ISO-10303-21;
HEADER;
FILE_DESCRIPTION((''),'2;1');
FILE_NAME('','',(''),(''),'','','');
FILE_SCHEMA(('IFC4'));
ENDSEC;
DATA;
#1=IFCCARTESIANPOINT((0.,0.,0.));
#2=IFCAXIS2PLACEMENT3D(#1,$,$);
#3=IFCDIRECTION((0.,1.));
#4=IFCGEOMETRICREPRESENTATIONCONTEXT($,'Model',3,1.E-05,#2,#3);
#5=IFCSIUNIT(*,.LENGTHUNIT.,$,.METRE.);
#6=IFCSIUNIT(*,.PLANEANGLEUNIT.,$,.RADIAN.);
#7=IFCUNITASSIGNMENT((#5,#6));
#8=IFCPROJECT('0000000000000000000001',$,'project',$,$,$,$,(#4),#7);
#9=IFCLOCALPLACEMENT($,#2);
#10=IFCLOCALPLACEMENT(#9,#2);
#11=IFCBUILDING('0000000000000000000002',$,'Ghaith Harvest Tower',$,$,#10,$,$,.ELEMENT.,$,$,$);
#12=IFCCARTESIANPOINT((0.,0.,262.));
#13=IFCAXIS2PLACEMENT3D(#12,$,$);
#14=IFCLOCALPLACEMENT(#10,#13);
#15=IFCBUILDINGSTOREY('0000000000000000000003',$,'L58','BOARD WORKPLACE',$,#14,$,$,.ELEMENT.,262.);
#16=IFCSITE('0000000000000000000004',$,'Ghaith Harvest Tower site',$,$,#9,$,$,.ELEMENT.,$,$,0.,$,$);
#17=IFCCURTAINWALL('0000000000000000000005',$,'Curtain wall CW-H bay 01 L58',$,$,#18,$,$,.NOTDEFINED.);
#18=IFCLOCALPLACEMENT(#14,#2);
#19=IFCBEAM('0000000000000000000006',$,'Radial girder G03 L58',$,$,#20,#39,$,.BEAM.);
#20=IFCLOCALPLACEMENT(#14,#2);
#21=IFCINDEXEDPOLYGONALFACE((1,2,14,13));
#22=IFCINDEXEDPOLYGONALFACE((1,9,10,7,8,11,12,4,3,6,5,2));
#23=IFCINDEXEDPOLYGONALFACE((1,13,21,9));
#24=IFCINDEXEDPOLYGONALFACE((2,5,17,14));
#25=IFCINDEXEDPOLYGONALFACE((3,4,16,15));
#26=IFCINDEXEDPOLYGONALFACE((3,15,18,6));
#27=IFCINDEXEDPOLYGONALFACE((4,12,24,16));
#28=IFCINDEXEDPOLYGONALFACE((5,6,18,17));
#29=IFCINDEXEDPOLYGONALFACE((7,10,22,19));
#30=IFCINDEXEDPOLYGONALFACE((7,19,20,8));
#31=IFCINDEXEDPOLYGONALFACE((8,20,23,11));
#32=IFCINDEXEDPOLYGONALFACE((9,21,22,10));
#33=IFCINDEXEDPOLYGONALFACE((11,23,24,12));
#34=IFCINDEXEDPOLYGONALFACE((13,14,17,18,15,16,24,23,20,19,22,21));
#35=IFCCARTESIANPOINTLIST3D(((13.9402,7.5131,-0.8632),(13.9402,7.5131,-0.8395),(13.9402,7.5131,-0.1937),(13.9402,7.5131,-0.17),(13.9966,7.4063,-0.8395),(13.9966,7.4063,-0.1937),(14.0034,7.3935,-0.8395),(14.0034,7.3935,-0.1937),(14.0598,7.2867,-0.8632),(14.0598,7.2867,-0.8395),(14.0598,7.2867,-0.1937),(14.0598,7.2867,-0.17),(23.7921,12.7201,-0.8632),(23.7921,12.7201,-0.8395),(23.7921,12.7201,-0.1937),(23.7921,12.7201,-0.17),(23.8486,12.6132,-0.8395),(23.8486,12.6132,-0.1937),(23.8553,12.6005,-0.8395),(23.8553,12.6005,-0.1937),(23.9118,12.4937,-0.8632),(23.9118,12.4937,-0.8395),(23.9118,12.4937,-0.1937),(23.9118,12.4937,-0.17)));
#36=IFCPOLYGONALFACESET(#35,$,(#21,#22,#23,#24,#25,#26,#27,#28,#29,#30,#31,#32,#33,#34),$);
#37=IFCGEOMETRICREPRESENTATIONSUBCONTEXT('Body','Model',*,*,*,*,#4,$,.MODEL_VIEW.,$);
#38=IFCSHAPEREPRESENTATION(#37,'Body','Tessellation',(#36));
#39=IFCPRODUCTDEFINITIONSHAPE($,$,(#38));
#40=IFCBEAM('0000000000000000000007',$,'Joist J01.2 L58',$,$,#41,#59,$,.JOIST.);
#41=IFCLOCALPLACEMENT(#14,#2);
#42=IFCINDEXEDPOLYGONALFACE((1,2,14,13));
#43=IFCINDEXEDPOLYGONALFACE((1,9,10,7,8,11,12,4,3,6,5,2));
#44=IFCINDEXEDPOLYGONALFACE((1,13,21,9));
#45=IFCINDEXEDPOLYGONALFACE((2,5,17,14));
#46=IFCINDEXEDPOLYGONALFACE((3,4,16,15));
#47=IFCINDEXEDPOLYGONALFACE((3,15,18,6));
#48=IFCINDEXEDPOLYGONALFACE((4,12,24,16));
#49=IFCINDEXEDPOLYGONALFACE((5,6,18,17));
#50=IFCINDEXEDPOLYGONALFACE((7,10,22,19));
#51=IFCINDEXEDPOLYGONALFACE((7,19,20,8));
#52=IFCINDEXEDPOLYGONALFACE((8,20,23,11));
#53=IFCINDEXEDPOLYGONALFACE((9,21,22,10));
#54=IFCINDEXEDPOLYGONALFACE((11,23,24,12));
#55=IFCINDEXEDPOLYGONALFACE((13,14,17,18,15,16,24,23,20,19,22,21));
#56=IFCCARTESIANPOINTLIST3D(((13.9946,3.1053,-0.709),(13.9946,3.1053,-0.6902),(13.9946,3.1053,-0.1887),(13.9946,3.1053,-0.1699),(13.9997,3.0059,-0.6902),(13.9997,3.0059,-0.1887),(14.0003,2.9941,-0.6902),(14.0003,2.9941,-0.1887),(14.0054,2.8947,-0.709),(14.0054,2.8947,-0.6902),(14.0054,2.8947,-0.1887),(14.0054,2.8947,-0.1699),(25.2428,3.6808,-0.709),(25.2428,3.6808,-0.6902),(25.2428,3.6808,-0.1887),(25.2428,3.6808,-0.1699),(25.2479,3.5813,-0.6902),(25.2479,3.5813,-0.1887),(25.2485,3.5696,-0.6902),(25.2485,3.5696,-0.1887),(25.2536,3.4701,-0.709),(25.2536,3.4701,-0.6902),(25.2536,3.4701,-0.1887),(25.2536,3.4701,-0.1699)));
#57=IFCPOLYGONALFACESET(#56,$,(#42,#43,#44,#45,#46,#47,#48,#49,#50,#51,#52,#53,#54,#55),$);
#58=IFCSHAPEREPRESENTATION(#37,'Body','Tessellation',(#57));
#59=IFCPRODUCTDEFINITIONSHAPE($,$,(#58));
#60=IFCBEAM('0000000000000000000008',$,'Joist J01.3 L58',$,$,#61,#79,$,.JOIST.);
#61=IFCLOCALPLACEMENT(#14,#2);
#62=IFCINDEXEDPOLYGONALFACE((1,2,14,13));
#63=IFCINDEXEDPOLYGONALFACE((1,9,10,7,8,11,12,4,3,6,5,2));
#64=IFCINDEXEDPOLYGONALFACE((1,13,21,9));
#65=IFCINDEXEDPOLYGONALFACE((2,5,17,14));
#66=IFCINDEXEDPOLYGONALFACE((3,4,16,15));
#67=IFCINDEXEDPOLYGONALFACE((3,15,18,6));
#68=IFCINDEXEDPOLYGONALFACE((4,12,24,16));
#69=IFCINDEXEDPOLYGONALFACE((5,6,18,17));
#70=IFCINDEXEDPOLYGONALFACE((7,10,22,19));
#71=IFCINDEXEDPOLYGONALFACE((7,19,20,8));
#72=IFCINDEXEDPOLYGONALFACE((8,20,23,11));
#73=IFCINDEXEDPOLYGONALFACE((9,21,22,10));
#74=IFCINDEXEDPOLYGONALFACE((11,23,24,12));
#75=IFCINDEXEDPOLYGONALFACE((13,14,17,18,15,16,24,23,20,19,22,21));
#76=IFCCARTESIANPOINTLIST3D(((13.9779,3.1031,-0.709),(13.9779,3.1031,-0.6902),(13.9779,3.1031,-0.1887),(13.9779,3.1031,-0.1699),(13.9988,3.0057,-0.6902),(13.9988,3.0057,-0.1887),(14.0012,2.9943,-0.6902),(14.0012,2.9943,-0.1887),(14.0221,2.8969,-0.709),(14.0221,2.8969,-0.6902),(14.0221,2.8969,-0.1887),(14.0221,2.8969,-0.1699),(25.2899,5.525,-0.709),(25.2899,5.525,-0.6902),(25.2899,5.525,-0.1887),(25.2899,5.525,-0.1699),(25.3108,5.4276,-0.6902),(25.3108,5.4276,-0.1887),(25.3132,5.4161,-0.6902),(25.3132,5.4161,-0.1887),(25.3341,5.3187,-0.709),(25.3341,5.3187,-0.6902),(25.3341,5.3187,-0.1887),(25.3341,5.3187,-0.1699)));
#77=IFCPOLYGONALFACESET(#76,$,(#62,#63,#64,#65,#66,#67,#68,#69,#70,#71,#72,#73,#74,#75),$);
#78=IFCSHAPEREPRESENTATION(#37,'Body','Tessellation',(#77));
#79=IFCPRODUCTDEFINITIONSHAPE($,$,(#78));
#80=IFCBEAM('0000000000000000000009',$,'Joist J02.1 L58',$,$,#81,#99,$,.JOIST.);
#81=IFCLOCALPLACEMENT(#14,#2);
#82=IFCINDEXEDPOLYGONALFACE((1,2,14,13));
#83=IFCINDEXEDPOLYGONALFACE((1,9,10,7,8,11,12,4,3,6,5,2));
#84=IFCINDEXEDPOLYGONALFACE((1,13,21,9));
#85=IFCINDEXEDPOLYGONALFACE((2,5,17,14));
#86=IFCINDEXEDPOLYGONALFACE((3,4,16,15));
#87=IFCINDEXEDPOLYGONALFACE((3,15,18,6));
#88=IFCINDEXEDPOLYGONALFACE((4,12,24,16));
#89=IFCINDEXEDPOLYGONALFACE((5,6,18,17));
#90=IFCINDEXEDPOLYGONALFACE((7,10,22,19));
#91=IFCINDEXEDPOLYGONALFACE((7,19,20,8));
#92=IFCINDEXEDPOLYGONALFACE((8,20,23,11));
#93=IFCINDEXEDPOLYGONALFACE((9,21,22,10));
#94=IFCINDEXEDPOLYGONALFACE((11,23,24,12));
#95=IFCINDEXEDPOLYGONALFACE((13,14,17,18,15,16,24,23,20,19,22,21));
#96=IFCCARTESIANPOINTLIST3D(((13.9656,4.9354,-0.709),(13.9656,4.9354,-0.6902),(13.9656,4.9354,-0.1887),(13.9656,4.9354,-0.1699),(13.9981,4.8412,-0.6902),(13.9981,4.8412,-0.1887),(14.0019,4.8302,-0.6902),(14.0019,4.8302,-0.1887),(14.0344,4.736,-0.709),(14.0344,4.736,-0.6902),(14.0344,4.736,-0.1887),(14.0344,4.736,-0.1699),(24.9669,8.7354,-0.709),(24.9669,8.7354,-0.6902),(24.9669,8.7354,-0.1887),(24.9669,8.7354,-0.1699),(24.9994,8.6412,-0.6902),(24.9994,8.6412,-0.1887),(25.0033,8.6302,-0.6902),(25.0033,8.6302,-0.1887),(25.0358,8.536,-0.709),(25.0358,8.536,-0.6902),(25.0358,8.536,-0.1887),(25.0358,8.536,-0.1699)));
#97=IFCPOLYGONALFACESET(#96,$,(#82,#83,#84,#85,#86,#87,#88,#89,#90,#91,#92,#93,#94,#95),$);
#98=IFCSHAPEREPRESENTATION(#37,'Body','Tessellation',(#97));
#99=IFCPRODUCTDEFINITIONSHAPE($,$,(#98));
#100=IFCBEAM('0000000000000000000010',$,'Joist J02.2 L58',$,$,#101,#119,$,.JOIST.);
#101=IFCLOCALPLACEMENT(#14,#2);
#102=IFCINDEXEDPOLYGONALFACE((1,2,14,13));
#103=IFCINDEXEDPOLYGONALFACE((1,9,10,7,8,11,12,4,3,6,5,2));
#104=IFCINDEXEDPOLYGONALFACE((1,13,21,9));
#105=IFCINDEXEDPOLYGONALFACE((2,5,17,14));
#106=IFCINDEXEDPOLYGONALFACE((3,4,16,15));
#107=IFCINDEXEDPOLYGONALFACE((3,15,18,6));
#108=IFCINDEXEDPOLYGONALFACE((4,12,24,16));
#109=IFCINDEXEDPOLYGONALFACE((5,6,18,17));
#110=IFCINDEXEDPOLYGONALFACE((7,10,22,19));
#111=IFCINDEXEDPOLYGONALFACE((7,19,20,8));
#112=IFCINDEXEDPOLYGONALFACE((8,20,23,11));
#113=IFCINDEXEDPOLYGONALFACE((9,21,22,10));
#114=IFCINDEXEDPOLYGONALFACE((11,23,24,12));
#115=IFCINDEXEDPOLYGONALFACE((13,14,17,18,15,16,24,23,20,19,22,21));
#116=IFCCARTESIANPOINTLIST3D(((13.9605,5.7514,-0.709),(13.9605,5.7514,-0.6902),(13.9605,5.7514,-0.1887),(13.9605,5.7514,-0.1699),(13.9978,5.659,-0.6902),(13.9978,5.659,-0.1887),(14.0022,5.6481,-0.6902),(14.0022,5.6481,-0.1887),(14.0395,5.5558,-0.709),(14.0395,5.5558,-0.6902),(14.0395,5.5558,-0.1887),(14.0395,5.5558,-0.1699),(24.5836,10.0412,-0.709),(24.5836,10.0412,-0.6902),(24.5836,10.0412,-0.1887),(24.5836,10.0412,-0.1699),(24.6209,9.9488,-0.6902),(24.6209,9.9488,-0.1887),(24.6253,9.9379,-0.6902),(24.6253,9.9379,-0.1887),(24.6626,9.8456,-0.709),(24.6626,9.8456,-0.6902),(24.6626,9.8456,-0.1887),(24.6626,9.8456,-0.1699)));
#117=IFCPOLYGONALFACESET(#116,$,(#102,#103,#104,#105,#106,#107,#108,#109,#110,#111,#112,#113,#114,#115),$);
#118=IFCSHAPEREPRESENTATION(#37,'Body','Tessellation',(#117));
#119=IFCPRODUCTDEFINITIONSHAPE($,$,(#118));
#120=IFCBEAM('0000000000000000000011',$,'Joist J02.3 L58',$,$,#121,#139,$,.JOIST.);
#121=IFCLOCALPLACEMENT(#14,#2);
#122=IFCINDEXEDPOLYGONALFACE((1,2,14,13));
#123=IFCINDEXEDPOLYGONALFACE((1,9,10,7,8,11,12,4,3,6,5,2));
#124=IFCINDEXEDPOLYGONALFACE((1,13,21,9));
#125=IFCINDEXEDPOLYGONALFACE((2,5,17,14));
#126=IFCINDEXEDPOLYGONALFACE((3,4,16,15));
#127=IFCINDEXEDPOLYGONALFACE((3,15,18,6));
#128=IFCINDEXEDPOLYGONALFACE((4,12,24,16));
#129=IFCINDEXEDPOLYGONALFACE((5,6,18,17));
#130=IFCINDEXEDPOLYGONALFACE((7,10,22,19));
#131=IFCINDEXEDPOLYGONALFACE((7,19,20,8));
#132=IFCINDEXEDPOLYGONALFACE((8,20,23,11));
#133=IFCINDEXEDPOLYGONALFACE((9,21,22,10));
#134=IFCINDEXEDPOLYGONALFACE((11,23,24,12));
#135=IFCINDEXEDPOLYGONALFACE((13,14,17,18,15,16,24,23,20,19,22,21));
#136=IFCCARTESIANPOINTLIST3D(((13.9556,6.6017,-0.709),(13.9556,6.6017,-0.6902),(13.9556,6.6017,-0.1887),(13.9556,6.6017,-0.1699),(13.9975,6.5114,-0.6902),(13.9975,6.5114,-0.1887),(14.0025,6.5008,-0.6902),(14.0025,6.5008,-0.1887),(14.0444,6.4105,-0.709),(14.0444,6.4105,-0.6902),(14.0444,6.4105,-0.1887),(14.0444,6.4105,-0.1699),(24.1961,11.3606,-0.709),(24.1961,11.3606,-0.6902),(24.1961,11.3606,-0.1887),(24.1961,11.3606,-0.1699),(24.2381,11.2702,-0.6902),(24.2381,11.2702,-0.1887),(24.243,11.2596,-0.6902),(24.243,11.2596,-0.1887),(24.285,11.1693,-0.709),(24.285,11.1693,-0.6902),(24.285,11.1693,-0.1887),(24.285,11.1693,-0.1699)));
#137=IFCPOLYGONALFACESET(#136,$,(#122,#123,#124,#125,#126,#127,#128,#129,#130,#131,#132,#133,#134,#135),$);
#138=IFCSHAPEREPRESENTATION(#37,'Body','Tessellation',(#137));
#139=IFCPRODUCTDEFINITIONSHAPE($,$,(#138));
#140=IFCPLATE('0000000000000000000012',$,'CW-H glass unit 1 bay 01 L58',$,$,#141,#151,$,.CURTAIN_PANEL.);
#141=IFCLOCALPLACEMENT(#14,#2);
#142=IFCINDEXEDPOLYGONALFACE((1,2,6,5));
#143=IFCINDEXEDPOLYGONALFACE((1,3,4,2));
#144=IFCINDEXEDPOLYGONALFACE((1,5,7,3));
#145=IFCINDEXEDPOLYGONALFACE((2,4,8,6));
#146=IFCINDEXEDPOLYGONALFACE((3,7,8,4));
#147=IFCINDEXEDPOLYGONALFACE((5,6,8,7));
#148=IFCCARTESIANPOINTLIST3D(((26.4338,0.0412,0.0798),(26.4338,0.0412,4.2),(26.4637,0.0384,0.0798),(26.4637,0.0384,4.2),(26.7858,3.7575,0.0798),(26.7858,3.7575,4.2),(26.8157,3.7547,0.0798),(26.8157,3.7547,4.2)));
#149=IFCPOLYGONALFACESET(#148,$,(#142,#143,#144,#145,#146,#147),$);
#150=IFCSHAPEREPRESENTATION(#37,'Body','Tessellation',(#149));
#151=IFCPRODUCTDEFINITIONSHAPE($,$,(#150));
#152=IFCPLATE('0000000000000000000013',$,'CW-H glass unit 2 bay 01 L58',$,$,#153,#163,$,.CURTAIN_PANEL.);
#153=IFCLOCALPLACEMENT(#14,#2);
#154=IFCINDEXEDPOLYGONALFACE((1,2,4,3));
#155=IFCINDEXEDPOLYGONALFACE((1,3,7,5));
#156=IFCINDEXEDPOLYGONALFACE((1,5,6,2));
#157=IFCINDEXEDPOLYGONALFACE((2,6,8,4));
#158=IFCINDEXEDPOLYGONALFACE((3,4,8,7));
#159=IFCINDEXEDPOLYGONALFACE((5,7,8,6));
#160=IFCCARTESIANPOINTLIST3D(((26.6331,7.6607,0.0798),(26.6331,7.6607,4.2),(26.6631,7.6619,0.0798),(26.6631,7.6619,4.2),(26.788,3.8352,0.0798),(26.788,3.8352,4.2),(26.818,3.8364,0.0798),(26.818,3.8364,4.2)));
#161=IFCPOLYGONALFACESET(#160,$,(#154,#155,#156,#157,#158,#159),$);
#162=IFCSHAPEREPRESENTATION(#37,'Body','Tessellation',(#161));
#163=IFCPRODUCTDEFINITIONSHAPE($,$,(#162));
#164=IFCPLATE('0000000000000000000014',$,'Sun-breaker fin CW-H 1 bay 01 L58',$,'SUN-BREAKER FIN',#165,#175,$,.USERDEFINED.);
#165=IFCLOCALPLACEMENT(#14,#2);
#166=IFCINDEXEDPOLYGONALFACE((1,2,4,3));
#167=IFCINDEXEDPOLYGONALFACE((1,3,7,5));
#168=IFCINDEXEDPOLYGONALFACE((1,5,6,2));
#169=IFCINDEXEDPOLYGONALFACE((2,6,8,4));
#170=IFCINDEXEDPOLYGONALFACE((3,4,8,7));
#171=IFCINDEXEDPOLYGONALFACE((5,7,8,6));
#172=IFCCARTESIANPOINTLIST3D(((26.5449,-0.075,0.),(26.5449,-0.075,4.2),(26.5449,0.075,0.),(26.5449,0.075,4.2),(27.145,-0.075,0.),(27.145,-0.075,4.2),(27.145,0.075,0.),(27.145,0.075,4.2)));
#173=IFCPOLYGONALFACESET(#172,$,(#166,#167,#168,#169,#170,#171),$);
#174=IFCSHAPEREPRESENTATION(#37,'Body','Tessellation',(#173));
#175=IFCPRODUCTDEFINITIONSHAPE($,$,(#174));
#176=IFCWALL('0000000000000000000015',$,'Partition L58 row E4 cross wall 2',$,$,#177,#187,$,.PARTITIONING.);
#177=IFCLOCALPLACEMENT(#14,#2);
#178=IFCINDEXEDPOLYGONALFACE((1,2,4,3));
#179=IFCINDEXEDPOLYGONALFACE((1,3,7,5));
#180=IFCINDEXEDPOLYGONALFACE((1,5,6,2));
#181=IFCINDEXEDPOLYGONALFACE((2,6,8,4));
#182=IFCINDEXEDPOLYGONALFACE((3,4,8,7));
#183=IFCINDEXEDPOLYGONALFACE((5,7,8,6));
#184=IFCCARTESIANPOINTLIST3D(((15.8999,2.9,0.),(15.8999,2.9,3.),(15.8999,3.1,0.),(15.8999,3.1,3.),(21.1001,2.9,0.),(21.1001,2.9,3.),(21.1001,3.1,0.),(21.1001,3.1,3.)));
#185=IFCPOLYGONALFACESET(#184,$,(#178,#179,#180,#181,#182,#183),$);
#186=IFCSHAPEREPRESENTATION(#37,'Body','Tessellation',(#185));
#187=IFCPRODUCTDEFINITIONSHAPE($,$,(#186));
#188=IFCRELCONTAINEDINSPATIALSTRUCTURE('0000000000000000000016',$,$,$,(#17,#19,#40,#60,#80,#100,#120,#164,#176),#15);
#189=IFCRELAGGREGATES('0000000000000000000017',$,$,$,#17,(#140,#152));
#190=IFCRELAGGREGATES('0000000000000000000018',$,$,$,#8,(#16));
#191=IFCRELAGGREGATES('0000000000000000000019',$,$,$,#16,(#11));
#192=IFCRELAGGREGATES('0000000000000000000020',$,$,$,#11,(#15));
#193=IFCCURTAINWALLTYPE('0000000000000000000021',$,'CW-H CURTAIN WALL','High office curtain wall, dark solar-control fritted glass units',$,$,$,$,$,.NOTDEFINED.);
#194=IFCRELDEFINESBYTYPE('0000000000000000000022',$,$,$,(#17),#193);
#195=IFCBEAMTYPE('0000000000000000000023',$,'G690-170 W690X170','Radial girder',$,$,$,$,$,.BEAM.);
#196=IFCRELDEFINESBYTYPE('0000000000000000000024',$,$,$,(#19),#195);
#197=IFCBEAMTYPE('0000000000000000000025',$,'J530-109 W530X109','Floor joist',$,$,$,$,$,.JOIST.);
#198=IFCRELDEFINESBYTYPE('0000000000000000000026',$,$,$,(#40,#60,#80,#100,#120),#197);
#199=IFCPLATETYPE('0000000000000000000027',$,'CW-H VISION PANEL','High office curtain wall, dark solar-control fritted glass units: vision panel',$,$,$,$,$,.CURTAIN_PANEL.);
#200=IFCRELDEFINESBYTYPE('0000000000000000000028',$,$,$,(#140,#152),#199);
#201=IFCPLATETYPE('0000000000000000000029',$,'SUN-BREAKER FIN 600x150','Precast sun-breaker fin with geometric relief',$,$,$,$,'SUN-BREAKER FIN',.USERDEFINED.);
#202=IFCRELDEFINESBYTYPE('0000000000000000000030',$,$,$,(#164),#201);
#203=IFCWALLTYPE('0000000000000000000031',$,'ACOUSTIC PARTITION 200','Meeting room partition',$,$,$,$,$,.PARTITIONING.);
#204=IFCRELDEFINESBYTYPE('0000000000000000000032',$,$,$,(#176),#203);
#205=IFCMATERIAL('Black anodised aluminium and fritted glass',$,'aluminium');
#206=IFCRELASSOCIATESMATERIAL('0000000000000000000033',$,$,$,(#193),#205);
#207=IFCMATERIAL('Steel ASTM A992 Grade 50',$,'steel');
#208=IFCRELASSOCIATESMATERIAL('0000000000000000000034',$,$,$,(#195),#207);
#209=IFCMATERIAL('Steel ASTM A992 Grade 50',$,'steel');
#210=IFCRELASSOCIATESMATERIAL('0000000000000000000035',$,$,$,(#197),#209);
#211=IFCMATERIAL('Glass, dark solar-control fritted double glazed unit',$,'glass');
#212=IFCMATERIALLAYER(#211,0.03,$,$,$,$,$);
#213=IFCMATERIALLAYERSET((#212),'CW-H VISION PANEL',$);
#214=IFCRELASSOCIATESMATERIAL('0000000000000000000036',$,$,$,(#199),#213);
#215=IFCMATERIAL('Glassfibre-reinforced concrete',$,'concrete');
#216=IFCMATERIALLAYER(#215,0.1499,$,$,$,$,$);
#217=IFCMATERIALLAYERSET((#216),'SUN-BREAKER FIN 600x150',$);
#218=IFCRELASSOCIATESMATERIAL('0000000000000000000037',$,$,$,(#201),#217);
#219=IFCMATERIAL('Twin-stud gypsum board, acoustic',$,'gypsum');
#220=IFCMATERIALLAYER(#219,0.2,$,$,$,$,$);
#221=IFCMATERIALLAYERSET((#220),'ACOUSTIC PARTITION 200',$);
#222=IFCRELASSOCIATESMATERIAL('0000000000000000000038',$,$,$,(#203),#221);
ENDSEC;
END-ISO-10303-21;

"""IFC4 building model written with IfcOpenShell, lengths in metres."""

from ifc_helpers import new_model, si_unit, direction, frame, frame_2d, origin, origin_2d, place, context, subcontext, project, spatial, rectangle, i_section, extrude, material, layer, layer_set, material_profile, profile_set, type_object, element, aggregate, save


model = new_model("IFC4")

# Units and contexts
model_context = context("Model", 3, precision=1e-05, world=origin(), true_north=direction((0.0, 1.0)))
body_context = subcontext(model_context, "Body", "Model", "MODEL_VIEW")
ifc_project = project(units=[si_unit("LENGTHUNIT", "METRE"), si_unit("PLANEANGLEUNIT", "RADIAN")], contexts=[model_context])

# Site, building, storey
site_placement = place(None, origin())
site = spatial("IfcSite", under=ifc_project, at=site_placement, Name="Ghaith Harvest Tower site", CompositionType="ELEMENT", RefElevation=0.0)
building_placement = place(site_placement, origin())
building = spatial("IfcBuilding", under=site, at=building_placement, Name="Ghaith Harvest Tower", CompositionType="ELEMENT")
storey_placement = place(building_placement, frame((0.0, 0.0, 262.0)))
storey = spatial("IfcBuildingStorey", under=building, at=storey_placement, Name="L58", Description="BOARD WORKPLACE", CompositionType="ELEMENT", Elevation=262.0)

# Curtain wall
ifc_material_1 = material(Name="Black anodised aluminium and fritted glass", Category="aluminium")
curtain_wall_type = type_object("IfcCurtainWallType", Name="CW-H CURTAIN WALL", Description="High office curtain wall, dark solar-control fritted glass units", PredefinedType="NOTDEFINED", material=ifc_material_1)
curtain_wall_1_placement = place(storey_placement, origin())
curtain_wall_1 = element("IfcCurtainWall", 1, at=curtain_wall_1_placement, inside=storey, type_object=curtain_wall_type, Name="Curtain wall CW-H bay 01 L58", PredefinedType="NOTDEFINED")

# Beams
ifc_material_2 = material(Name="Steel ASTM A992 Grade 50", Category="steel")
ifc_material_profile_1 = material_profile(ifc_material_2, i_section(OverallWidth=0.2561, OverallDepth=0.6931, WebThickness=0.0144, FlangeThickness=0.0237, at=origin_2d()), Name="W690X170")
ifc_profile_set_1 = profile_set([ifc_material_profile_1], Name="Steel ASTM A992 Grade 50")
beam_type_1 = type_object("IfcBeamType", Name="G690-170 W690X170", Description="Radial girder", PredefinedType="BEAM", material=ifc_profile_set_1)
beam_1_placement = place(storey_placement, frame((14.0, 7.3999, -0.5166), z_axis=(0.884113, 0.467274, 0.0), x_axis=(-0.467274, 0.884113, 0.0)))
element("IfcBeam", 2, at=beam_1_placement, inside=storey, type_object=beam_type_1, Name="Radial girder G03 L58", PredefinedType="BEAM", context=body_context, shape_type="SweptSolid", body=[
    extrude(i_section(OverallWidth=0.2561, OverallDepth=0.6931, WebThickness=0.0144, FlangeThickness=0.0237, at=origin_2d()), origin(), (0.0, 0.0, 1.0), 11.1433),
])
ifc_material_3 = material(Name="Steel ASTM A992 Grade 50", Category="steel")
ifc_material_profile_2 = material_profile(ifc_material_3, i_section(OverallWidth=0.2109, OverallDepth=0.5391, WebThickness=0.0117, FlangeThickness=0.0188, at=origin_2d()), Name="W530X109")
ifc_profile_set_2 = profile_set([ifc_material_profile_2], Name="Steel ASTM A992 Grade 50")
beam_type_2 = type_object("IfcBeamType", Name="J530-109 W530X109", Description="Floor joist", PredefinedType="JOIST", material=ifc_profile_set_2)
beam_2_placement = place(storey_placement, frame((14.0, 3.0, -0.4395), z_axis=(0.998694, 0.051091, 0.0), x_axis=(-0.051091, 0.998694, 0.0)))
element("IfcBeam", 3, at=beam_2_placement, inside=storey, type_object=beam_type_2, Name="Joist J01.2 L58", PredefinedType="JOIST", context=body_context, shape_type="SweptSolid", body=[
    extrude(i_section(OverallWidth=0.2109, OverallDepth=0.5391, WebThickness=0.0117, FlangeThickness=0.0188, at=origin_2d()), origin(), (0.0, 0.0, 1.0), 11.2629),
])
beam_3_placement = place(storey_placement, frame((14.0, 3.0, -0.4395), z_axis=(0.97784, 0.209353, 0.0), x_axis=(-0.209353, 0.97784, 0.0)))
element("IfcBeam", 4, at=beam_3_placement, inside=storey, type_object=beam_type_2, Name="Joist J01.3 L58", PredefinedType="JOIST", context=body_context, shape_type="SweptSolid", body=[
    extrude(i_section(OverallWidth=0.2109, OverallDepth=0.5391, WebThickness=0.0117, FlangeThickness=0.0188, at=origin_2d()), origin(), (0.0, 0.0, 1.0), 11.5684),
])
beam_4_placement = place(storey_placement, frame((14.0, 4.8357, -0.4395), z_axis=(0.945202, 0.326485, 0.0), x_axis=(-0.326485, 0.945202, 0.0)))
element("IfcBeam", 5, at=beam_4_placement, inside=storey, type_object=beam_type_2, Name="Joist J02.1 L58", PredefinedType="JOIST", context=body_context, shape_type="SweptSolid", body=[
    extrude(i_section(OverallWidth=0.2109, OverallDepth=0.5391, WebThickness=0.0117, FlangeThickness=0.0188, at=origin_2d()), origin(), (0.0, 0.0, 1.0), 11.6392),
])
beam_5_placement = place(storey_placement, frame((14.0, 5.6536, -0.4395), z_axis=(0.92725, 0.374442, 0.0), x_axis=(-0.374442, 0.92725, 0.0)))
element("IfcBeam", 6, at=beam_5_placement, inside=storey, type_object=beam_type_2, Name="Joist J02.2 L58", PredefinedType="JOIST", context=body_context, shape_type="SweptSolid", body=[
    extrude(i_section(OverallWidth=0.2109, OverallDepth=0.5391, WebThickness=0.0117, FlangeThickness=0.0188, at=origin_2d()), origin(), (0.0, 0.0, 1.0), 11.4565),
])
beam_6_placement = place(storey_placement, frame((14.0, 6.5061, -0.4395), z_axis=(0.906864, 0.421423, 0.0), x_axis=(-0.421423, 0.906864, 0.0)))
element("IfcBeam", 7, at=beam_6_placement, inside=storey, type_object=beam_type_2, Name="Joist J02.3 L58", PredefinedType="JOIST", context=body_context, shape_type="SweptSolid", body=[
    extrude(i_section(OverallWidth=0.2109, OverallDepth=0.5391, WebThickness=0.0117, FlangeThickness=0.0188, at=origin_2d()), origin(), (0.0, 0.0, 1.0), 11.2922),
])

# Plates
ifc_material_4 = material(Name="Glass, dark solar-control fritted double glazed unit", Category="glass")
ifc_layer_1 = layer(ifc_material_4, 0.03)
ifc_layer_set_1 = layer_set([ifc_layer_1], Name="CW-H VISION PANEL")
plate_type_1 = type_object("IfcPlateType", Name="CW-H VISION PANEL", Description="High office curtain wall, dark solar-control fritted glass units: vision panel", PredefinedType="CURTAIN_PANEL", material=ifc_layer_set_1)
plate_1_placement = place(storey_placement, frame((26.6248, 1.8979, 0.0798), z_axis=(0.0, 0.0, 1.0), x_axis=(0.094302, 0.995544, 0.0)))
plate_1 = element("IfcPlate", 8, at=plate_1_placement, type_object=plate_type_1, Name="CW-H glass unit 1 bay 01 L58", PredefinedType="CURTAIN_PANEL", context=body_context, shape_type="SweptSolid", body=[
    extrude(rectangle(XDim=3.7329, YDim=0.03, at=origin_2d()), origin(), (0.0, 0.0, 1.0), 4.1201),
])
plate_2_placement = place(storey_placement, frame((26.7256, 5.7485, 0.0798), z_axis=(0.0, 0.0, 1.0), x_axis=(-0.040462, 0.999181, 0.0)))
plate_2 = element("IfcPlate", 9, at=plate_2_placement, type_object=plate_type_1, Name="CW-H glass unit 2 bay 01 L58", PredefinedType="CURTAIN_PANEL", context=body_context, shape_type="SweptSolid", body=[
    extrude(rectangle(XDim=3.8286, YDim=0.03, at=origin_2d()), origin(), (0.0, 0.0, 1.0), 4.1201),
])
aggregate(curtain_wall_1, [plate_1, plate_2])
ifc_material_5 = material(Name="Glassfibre-reinforced concrete", Category="concrete")
ifc_layer_2 = layer(ifc_material_5, 0.1499)
ifc_layer_set_2 = layer_set([ifc_layer_2], Name="SUN-BREAKER FIN 600x150")
plate_type_2 = type_object("IfcPlateType", Name="SUN-BREAKER FIN 600x150", Description="Precast sun-breaker fin with geometric relief", ElementType="SUN-BREAKER FIN", PredefinedType="USERDEFINED", material=ifc_layer_set_2)
plate_3_placement = place(storey_placement, frame((26.845, 0.0, 0.0), z_axis=(0.0, 0.0, 1.0), x_axis=(1.0, 0.0, 0.0)))
element("IfcPlate", 10, at=plate_3_placement, inside=storey, type_object=plate_type_2, Name="Sun-breaker fin CW-H 1 bay 01 L58", ObjectType="SUN-BREAKER FIN", PredefinedType="USERDEFINED", context=body_context, shape_type="SweptSolid", body=[
    extrude(rectangle(XDim=0.6001, YDim=0.1499, at=origin_2d()), origin(), (0.0, 0.0, 1.0), 4.2),
])

# Wall
ifc_material_6 = material(Name="Twin-stud gypsum board, acoustic", Category="gypsum")
ifc_layer_3 = layer(ifc_material_6, 0.2)
ifc_layer_set_3 = layer_set([ifc_layer_3], Name="ACOUSTIC PARTITION 200")
wall_type_1 = type_object("IfcWallType", Name="ACOUSTIC PARTITION 200", Description="Meeting room partition", PredefinedType="PARTITIONING", material=ifc_layer_set_3)
wall_1_placement = place(storey_placement, frame((15.8999, 3.0, 0.0), z_axis=(0.0, 0.0, 1.0), x_axis=(1.0, 0.0, 0.0)))
element("IfcWall", 11, at=wall_1_placement, inside=storey, type_object=wall_type_1, Name="Partition L58 row E4 cross wall 2", PredefinedType="PARTITIONING", context=body_context, shape_type="SweptSolid", body=[
    extrude(rectangle(XDim=5.2002, YDim=0.2, at=frame_2d((2.6001, 0.0))), origin(), (0.0, 0.0, 1.0), 3.0),
])

save(model, "model.ifc")
